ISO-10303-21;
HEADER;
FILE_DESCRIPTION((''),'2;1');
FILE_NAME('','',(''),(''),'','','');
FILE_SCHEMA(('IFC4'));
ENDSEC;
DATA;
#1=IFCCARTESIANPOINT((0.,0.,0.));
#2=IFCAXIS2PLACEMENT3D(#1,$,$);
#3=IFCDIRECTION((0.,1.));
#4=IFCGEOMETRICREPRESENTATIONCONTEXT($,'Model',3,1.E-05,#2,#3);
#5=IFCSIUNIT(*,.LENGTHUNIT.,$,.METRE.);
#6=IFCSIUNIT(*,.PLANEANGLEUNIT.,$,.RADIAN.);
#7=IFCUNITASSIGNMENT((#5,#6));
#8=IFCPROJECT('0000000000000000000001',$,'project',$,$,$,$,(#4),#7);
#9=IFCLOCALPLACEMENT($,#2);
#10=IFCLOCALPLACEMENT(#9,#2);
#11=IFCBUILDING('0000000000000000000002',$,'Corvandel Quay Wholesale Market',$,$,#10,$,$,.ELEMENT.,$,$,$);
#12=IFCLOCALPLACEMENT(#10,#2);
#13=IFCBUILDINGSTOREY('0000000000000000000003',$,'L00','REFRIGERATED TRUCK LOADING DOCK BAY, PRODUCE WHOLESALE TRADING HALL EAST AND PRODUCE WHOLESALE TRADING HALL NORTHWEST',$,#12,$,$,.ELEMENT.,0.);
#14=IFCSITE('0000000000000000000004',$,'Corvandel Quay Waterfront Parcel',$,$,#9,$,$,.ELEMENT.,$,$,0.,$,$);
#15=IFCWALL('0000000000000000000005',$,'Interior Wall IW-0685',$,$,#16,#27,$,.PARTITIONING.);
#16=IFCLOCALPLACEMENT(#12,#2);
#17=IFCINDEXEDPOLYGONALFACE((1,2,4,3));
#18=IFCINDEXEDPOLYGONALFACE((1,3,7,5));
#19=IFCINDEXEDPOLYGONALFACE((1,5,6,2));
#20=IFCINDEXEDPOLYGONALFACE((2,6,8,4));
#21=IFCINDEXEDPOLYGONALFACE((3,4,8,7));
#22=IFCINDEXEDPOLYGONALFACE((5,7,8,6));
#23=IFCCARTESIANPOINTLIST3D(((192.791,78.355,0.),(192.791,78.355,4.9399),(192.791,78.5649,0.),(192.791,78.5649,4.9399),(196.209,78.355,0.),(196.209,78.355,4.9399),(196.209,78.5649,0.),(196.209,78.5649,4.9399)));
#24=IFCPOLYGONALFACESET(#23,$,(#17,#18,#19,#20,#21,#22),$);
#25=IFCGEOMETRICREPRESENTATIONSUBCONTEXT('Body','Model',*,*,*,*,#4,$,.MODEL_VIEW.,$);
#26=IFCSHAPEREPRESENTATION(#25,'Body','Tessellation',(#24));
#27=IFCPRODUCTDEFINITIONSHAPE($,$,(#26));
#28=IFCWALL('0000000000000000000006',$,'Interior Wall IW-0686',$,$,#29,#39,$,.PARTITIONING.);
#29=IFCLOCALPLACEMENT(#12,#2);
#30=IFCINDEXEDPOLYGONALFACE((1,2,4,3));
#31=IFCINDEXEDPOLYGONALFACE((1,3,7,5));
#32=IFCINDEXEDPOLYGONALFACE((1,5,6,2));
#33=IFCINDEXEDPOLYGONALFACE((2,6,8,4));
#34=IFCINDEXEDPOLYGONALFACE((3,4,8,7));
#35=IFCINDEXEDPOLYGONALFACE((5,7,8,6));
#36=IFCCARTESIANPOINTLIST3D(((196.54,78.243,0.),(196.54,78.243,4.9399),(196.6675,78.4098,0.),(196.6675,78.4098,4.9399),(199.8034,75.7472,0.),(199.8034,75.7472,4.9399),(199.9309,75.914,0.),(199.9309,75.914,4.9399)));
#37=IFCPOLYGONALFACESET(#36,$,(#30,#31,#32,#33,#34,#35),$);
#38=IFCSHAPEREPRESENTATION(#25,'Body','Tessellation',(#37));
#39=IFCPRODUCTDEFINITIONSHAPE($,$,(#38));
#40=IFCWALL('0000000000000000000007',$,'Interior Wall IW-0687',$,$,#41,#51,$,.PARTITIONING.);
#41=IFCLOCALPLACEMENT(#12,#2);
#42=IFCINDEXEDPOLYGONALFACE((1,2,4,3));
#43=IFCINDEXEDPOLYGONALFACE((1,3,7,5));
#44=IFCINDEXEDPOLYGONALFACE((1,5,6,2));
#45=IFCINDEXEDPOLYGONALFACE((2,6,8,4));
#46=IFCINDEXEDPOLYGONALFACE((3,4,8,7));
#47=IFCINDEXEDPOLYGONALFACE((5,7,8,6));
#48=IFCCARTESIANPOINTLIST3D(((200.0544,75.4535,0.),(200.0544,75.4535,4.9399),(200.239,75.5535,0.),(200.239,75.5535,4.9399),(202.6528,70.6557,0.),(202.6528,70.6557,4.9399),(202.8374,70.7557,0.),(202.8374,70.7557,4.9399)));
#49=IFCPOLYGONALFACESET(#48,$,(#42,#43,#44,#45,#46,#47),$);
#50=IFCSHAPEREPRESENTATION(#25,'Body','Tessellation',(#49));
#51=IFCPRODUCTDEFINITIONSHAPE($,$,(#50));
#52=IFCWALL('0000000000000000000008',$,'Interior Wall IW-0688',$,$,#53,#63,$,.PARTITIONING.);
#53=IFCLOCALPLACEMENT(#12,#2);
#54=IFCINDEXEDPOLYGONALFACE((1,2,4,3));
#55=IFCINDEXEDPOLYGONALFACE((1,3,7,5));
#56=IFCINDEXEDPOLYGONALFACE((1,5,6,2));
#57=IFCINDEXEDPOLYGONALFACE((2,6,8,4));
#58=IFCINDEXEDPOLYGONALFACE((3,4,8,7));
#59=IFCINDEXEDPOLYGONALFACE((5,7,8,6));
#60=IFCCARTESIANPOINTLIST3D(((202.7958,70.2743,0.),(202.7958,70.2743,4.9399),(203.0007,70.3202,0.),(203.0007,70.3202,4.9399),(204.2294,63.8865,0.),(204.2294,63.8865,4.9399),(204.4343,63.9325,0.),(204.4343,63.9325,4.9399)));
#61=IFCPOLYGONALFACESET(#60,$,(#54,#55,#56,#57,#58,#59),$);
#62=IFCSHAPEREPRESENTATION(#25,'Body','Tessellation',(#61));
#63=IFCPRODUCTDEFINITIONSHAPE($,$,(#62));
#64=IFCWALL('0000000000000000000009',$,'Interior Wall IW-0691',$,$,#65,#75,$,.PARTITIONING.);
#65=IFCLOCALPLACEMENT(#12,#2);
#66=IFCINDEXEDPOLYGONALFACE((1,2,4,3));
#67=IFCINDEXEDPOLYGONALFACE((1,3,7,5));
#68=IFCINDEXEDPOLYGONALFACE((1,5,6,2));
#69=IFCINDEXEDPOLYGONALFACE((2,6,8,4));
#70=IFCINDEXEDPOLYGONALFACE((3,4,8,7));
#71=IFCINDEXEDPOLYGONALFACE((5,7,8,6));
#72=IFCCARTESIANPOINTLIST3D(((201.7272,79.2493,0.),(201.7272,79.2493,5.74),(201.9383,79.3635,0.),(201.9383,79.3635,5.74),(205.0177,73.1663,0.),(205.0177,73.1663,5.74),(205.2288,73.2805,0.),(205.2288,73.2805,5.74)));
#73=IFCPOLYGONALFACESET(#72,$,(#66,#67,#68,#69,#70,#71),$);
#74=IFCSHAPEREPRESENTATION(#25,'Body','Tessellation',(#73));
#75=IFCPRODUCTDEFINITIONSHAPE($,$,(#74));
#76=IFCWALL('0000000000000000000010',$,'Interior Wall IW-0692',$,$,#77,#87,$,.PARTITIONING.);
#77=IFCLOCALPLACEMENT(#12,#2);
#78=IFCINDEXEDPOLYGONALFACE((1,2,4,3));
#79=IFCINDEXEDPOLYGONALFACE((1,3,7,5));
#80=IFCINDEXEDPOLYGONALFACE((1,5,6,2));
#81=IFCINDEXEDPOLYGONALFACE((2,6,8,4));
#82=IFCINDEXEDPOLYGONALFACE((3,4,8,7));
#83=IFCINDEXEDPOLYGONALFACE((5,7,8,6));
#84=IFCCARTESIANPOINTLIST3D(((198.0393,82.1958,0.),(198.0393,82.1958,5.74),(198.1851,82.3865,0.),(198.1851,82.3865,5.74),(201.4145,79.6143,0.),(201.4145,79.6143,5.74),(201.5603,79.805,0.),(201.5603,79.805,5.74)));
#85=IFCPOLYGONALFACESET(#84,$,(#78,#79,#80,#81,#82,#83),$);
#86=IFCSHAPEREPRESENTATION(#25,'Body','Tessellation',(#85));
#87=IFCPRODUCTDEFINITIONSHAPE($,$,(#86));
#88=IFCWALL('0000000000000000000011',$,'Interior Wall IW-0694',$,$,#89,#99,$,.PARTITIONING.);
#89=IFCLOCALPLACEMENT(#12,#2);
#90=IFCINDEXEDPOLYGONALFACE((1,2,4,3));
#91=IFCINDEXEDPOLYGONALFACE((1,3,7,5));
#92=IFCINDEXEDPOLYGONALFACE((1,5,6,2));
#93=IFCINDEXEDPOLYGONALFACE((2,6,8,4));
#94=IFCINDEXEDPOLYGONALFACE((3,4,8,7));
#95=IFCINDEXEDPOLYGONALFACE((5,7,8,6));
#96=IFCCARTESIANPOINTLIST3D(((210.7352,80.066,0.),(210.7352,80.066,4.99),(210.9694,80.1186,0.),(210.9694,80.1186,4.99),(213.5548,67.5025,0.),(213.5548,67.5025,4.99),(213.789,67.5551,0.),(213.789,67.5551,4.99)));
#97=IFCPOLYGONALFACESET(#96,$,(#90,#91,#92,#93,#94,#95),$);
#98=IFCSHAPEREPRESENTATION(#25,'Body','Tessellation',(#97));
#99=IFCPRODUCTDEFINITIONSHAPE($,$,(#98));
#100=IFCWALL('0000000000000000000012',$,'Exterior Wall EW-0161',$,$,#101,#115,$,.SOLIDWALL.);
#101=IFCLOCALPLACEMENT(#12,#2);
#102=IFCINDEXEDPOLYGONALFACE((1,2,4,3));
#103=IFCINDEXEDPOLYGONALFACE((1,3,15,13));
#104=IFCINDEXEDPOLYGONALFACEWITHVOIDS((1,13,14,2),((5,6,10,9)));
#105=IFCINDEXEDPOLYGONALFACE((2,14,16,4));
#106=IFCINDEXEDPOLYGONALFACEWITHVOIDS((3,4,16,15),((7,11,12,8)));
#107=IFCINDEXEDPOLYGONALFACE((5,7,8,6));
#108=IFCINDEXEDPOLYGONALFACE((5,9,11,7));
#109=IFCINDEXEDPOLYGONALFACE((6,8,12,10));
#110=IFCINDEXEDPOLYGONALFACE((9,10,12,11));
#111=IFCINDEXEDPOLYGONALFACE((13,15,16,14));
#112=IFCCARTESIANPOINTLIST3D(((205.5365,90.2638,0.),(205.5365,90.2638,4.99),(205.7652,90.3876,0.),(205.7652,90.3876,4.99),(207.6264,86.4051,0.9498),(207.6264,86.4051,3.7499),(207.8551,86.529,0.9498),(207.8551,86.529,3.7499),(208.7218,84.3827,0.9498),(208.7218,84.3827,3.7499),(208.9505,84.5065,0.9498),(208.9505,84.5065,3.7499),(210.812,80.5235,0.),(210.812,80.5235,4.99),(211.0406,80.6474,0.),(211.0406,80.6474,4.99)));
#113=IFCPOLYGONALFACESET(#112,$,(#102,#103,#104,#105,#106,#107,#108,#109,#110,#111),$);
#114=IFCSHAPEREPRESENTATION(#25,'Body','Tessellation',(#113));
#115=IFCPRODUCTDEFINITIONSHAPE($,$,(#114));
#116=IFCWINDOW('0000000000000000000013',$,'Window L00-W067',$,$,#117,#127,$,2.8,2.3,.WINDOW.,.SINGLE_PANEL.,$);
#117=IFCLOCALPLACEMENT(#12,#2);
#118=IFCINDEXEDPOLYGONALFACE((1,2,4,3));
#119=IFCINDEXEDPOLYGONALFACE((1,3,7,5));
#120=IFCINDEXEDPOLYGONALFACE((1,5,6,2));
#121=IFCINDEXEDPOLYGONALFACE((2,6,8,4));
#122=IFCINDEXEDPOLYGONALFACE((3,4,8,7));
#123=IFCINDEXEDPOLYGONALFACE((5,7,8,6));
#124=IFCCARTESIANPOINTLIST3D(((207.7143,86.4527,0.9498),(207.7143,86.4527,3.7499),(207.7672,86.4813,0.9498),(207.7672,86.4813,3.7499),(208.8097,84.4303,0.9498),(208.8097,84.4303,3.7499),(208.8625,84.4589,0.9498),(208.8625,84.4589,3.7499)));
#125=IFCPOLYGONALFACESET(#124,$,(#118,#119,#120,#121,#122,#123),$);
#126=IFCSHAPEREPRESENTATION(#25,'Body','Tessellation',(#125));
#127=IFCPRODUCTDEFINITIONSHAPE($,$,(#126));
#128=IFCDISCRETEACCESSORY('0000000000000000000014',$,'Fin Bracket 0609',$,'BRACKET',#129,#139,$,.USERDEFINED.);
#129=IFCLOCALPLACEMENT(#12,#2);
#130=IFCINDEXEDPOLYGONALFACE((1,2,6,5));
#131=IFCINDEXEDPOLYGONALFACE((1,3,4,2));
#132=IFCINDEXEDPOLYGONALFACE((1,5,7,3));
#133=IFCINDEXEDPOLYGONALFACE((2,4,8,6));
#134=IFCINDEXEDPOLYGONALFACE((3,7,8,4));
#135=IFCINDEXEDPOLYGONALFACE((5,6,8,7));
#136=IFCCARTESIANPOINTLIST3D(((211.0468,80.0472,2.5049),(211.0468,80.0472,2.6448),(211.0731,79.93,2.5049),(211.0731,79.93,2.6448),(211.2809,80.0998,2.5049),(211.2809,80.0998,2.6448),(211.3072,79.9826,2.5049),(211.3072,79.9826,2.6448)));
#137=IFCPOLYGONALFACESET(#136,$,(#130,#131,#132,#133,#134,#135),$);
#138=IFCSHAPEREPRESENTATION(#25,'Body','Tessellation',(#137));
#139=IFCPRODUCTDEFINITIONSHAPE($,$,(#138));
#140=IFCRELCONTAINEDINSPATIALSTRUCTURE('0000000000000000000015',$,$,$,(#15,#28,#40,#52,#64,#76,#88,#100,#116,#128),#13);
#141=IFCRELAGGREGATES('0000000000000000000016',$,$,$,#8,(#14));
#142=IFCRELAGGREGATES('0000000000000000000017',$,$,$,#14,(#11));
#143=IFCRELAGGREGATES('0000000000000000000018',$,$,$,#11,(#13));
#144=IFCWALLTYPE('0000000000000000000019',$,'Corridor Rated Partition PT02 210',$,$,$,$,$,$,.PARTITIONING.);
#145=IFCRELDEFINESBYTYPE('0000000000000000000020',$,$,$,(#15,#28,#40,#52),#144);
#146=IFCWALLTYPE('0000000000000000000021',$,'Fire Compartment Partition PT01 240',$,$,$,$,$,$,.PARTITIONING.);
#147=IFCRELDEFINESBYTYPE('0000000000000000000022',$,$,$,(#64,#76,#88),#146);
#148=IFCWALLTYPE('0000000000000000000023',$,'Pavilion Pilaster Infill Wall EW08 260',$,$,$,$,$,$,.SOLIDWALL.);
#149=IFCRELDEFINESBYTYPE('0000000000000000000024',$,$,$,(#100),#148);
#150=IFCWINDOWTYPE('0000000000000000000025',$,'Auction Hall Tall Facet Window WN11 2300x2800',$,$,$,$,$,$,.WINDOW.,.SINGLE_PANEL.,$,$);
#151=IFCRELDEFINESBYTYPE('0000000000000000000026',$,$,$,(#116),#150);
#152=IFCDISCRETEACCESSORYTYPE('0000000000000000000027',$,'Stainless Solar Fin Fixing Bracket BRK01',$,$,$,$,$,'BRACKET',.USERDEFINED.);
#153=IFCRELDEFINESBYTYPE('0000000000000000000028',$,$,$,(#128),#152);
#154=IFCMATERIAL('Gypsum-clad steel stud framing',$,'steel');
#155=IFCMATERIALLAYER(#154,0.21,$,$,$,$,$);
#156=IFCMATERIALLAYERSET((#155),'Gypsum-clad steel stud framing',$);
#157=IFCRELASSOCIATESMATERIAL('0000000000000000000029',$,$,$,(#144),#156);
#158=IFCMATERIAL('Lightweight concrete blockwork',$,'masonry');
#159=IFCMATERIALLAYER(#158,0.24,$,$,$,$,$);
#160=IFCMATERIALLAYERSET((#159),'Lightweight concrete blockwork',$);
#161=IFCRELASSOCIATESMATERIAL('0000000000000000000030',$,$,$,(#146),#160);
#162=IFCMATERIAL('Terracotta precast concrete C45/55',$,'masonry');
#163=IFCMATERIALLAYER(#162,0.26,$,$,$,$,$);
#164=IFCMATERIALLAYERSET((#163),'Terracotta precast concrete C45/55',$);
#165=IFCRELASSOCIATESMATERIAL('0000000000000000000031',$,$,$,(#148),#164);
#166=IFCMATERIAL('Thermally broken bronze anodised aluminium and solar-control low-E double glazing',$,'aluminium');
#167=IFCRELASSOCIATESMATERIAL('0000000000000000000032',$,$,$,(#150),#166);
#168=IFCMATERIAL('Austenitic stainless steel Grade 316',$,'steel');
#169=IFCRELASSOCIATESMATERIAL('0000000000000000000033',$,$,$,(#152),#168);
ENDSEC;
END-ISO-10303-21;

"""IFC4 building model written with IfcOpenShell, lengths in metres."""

from ifc_helpers import new_model, si_unit, direction, frame, frame_2d, origin, origin_2d, place, context, subcontext, project, spatial, rectangle, extrude, material, layer, layer_set, type_object, element, fill, save


model = new_model("IFC4")

# Units and contexts
model_context = context("Model", 3, precision=1e-05, world=origin(), true_north=direction((0.0, 1.0)))
body_context = subcontext(model_context, "Body", "Model", "MODEL_VIEW")
ifc_project = project(units=[si_unit("LENGTHUNIT", "METRE"), si_unit("PLANEANGLEUNIT", "RADIAN")], contexts=[model_context])

# Site, building, storey
site_placement = place(None, origin())
site = spatial("IfcSite", under=ifc_project, at=site_placement, Name="Corvandel Quay Waterfront Parcel", CompositionType="ELEMENT", RefElevation=0.0)
building_placement = place(site_placement, origin())
building = spatial("IfcBuilding", under=site, at=building_placement, Name="Corvandel Quay Wholesale Market", CompositionType="ELEMENT")
storey_placement = place(building_placement, origin())
storey = spatial("IfcBuildingStorey", under=building, at=storey_placement, Name="L00", Description="REFRIGERATED TRUCK LOADING DOCK BAY, PRODUCE WHOLESALE TRADING HALL EAST AND PRODUCE WHOLESALE TRADING HALL NORTHWEST", CompositionType="ELEMENT", Elevation=0.0)

# Walls
ifc_material_1 = material(Name="Gypsum-clad steel stud framing", Category="steel")
ifc_layer_1 = layer(ifc_material_1, 0.21)
ifc_layer_set_1 = layer_set([ifc_layer_1], Name="Gypsum-clad steel stud framing")
wall_type_1 = type_object("IfcWallType", Name="Corridor Rated Partition PT02 210", PredefinedType="PARTITIONING", material=ifc_layer_set_1)
wall_1_placement = place(storey_placement, frame((192.791, 78.46, 0.0), z_axis=(0.0, 0.0, 1.0), x_axis=(1.0, 0.0, 0.0)))
element("IfcWall", 1, at=wall_1_placement, inside=storey, type_object=wall_type_1, Name="Interior Wall IW-0685", PredefinedType="PARTITIONING", context=body_context, shape_type="SweptSolid", body=[
    extrude(rectangle(XDim=3.418, YDim=0.21, at=frame_2d((1.709, 0.0))), origin(), (0.0, 0.0, 1.0), 4.9399),
])
wall_2_placement = place(storey_placement, frame((196.6038, 78.3264, 0.0), z_axis=(0.0, 0.0, 1.0), x_axis=(0.794324, -0.607494, 0.0)))
element("IfcWall", 2, at=wall_2_placement, inside=storey, type_object=wall_type_1, Name="Interior Wall IW-0686", PredefinedType="PARTITIONING", context=body_context, shape_type="SweptSolid", body=[
    extrude(rectangle(XDim=4.1084, YDim=0.21, at=frame_2d((2.0542, 0.0))), origin(), (0.0, 0.0, 1.0), 4.9399),
])
wall_3_placement = place(storey_placement, frame((200.1467, 75.5034, 0.0), z_axis=(0.0, 0.0, 1.0), x_axis=(0.47622, -0.879326, 0.0)))
element("IfcWall", 3, at=wall_3_placement, inside=storey, type_object=wall_type_1, Name="Interior Wall IW-0687", PredefinedType="PARTITIONING", context=body_context, shape_type="SweptSolid", body=[
    extrude(rectangle(XDim=5.4563, YDim=0.21, at=frame_2d((2.728, 0.0))), origin(), (0.0, 0.0, 1.0), 4.9399),
])
wall_4_placement = place(storey_placement, frame((202.8982, 70.2974, 0.0), z_axis=(0.0, 0.0, 1.0), x_axis=(0.218983, -0.975729, 0.0)))
element("IfcWall", 4, at=wall_4_placement, inside=storey, type_object=wall_type_1, Name="Interior Wall IW-0688", PredefinedType="PARTITIONING", context=body_context, shape_type="SweptSolid", body=[
    extrude(rectangle(XDim=6.5466, YDim=0.21, at=frame_2d((3.2734, 0.0))), origin(), (0.0, 0.0, 1.0), 4.9399),
])
ifc_material_2 = material(Name="Lightweight concrete blockwork", Category="masonry")
ifc_layer_2 = layer(ifc_material_2, 0.24)
ifc_layer_set_2 = layer_set([ifc_layer_2], Name="Lightweight concrete blockwork")
wall_type_2 = type_object("IfcWallType", Name="Fire Compartment Partition PT01 240", PredefinedType="PARTITIONING", material=ifc_layer_set_2)
wall_5_placement = place(storey_placement, frame((205.1233, 73.2234, 0.0), z_axis=(0.0, 0.0, 1.0), x_axis=(-0.475787, 0.87956, 0.0)))
element("IfcWall", 5, at=wall_5_placement, inside=storey, type_object=wall_type_2, Name="Interior Wall IW-0691", PredefinedType="PARTITIONING", context=body_context, shape_type="SweptSolid", body=[
    extrude(rectangle(XDim=6.916, YDim=0.24, at=frame_2d((3.458, 0.0))), origin(), (0.0, 0.0, 1.0), 5.74),
])
wall_6_placement = place(storey_placement, frame((201.4873, 79.7097, 0.0), z_axis=(0.0, 0.0, 1.0), x_axis=(-0.794304, 0.60752, 0.0)))
element("IfcWall", 6, at=wall_6_placement, inside=storey, type_object=wall_type_2, Name="Interior Wall IW-0692", PredefinedType="PARTITIONING", context=body_context, shape_type="SweptSolid", body=[
    extrude(rectangle(XDim=4.2493, YDim=0.24, at=frame_2d((2.1245, 0.0))), origin(), (0.0, 0.0, 1.0), 5.74),
])
wall_7_placement = place(storey_placement, frame((210.8523, 80.0923, 0.0), z_axis=(0.0, 0.0, 1.0), x_axis=(0.21898, -0.975729, 0.0)))
element("IfcWall", 7, at=wall_7_placement, inside=storey, type_object=wall_type_2, Name="Interior Wall IW-0694", PredefinedType="PARTITIONING", context=body_context, shape_type="SweptSolid", body=[
    extrude(rectangle(XDim=12.876, YDim=0.24, at=frame_2d((6.438, 0.0))), origin(), (0.0, 0.0, 1.0), 4.99),
])

# Wall, opening, window
ifc_material_3 = material(Name="Terracotta precast concrete C45/55", Category="masonry")
ifc_layer_3 = layer(ifc_material_3, 0.26)
ifc_layer_set_3 = layer_set([ifc_layer_3], Name="Terracotta precast concrete C45/55")
wall_type_3 = type_object("IfcWallType", Name="Pavilion Pilaster Infill Wall EW08 260", PredefinedType="SOLIDWALL", material=ifc_layer_set_3)
wall_8_placement = place(storey_placement, frame((210.9263, 80.5854, 0.0), z_axis=(0.0, 0.0, 1.0), x_axis=(-0.476243, 0.879314, 0.0)))
wall_8 = element("IfcWall", 8, at=wall_8_placement, inside=storey, type_object=wall_type_3, Name="Exterior Wall EW-0161", PredefinedType="SOLIDWALL", context=body_context, shape_type="SweptSolid", body=[
    extrude(rectangle(XDim=11.0771, YDim=0.26, at=frame_2d((5.5386, 0.0))), origin(), (0.0, 0.0, 1.0), 4.99),
])
opening_placement = place(wall_8_placement, frame((4.3889, 0.0, 0.95)))
opening = element("IfcOpeningElement", 9, at=opening_placement, cuts=wall_8, PredefinedType="OPENING", context=body_context, shape_type="SweptSolid", body=[
    extrude(rectangle(XDim=2.3, YDim=2.8, at=frame_2d((1.1499, 1.3999))), frame((0.0, 0.1399, 0.0), z_axis=(0.0, -1.0, 0.0), x_axis=(1.0, 0.0, 0.0)), (0.0, 0.0, 1.0), 0.28),
])
ifc_material_4 = material(Name="Thermally broken bronze anodised aluminium and solar-control low-E double glazing", Category="aluminium")
window_type = type_object("IfcWindowType", Name="Auction Hall Tall Facet Window WN11 2300x2800", PartitioningType="SINGLE_PANEL", PredefinedType="WINDOW", material=ifc_material_4)
window_placement = place(opening_placement, origin())
window = element("IfcWindow", 10, at=window_placement, inside=storey, type_object=window_type, Name="Window L00-W067", OverallHeight=2.8, OverallWidth=2.3, PartitioningType="SINGLE_PANEL", PredefinedType="WINDOW", context=body_context, shape_type="SweptSolid", body=[
    extrude(rectangle(XDim=2.3, YDim=2.8, at=frame_2d((1.1499, 1.3999))), frame((0.0, 0.03, 0.0), z_axis=(0.0, -1.0, 0.0), x_axis=(1.0, 0.0, 0.0)), (0.0, 0.0, 1.0), 0.0601),
])
fill(opening, window)

# Discrete accessory
ifc_material_5 = material(Name="Austenitic stainless steel Grade 316", Category="steel")
discrete_accessory_type = type_object("IfcDiscreteAccessoryType", Name="Stainless Solar Fin Fixing Bracket BRK01", ElementType="BRACKET", PredefinedType="USERDEFINED", material=ifc_material_5)
discrete_accessory_placement = place(storey_placement, frame((211.177, 80.0149, 2.5049), z_axis=(0.0, 0.0, 1.0), x_axis=(0.975726, 0.218995, 0.0)))
element("IfcDiscreteAccessory", 11, at=discrete_accessory_placement, inside=storey, type_object=discrete_accessory_type, Name="Fin Bracket 0609", ObjectType="BRACKET", PredefinedType="USERDEFINED", context=body_context, shape_type="SweptSolid", body=[
    extrude(rectangle(XDim=0.24, YDim=0.1201, at=origin_2d()), origin(), (0.0, 0.0, 1.0), 0.1399),
])

save(model, "model.ifc")
